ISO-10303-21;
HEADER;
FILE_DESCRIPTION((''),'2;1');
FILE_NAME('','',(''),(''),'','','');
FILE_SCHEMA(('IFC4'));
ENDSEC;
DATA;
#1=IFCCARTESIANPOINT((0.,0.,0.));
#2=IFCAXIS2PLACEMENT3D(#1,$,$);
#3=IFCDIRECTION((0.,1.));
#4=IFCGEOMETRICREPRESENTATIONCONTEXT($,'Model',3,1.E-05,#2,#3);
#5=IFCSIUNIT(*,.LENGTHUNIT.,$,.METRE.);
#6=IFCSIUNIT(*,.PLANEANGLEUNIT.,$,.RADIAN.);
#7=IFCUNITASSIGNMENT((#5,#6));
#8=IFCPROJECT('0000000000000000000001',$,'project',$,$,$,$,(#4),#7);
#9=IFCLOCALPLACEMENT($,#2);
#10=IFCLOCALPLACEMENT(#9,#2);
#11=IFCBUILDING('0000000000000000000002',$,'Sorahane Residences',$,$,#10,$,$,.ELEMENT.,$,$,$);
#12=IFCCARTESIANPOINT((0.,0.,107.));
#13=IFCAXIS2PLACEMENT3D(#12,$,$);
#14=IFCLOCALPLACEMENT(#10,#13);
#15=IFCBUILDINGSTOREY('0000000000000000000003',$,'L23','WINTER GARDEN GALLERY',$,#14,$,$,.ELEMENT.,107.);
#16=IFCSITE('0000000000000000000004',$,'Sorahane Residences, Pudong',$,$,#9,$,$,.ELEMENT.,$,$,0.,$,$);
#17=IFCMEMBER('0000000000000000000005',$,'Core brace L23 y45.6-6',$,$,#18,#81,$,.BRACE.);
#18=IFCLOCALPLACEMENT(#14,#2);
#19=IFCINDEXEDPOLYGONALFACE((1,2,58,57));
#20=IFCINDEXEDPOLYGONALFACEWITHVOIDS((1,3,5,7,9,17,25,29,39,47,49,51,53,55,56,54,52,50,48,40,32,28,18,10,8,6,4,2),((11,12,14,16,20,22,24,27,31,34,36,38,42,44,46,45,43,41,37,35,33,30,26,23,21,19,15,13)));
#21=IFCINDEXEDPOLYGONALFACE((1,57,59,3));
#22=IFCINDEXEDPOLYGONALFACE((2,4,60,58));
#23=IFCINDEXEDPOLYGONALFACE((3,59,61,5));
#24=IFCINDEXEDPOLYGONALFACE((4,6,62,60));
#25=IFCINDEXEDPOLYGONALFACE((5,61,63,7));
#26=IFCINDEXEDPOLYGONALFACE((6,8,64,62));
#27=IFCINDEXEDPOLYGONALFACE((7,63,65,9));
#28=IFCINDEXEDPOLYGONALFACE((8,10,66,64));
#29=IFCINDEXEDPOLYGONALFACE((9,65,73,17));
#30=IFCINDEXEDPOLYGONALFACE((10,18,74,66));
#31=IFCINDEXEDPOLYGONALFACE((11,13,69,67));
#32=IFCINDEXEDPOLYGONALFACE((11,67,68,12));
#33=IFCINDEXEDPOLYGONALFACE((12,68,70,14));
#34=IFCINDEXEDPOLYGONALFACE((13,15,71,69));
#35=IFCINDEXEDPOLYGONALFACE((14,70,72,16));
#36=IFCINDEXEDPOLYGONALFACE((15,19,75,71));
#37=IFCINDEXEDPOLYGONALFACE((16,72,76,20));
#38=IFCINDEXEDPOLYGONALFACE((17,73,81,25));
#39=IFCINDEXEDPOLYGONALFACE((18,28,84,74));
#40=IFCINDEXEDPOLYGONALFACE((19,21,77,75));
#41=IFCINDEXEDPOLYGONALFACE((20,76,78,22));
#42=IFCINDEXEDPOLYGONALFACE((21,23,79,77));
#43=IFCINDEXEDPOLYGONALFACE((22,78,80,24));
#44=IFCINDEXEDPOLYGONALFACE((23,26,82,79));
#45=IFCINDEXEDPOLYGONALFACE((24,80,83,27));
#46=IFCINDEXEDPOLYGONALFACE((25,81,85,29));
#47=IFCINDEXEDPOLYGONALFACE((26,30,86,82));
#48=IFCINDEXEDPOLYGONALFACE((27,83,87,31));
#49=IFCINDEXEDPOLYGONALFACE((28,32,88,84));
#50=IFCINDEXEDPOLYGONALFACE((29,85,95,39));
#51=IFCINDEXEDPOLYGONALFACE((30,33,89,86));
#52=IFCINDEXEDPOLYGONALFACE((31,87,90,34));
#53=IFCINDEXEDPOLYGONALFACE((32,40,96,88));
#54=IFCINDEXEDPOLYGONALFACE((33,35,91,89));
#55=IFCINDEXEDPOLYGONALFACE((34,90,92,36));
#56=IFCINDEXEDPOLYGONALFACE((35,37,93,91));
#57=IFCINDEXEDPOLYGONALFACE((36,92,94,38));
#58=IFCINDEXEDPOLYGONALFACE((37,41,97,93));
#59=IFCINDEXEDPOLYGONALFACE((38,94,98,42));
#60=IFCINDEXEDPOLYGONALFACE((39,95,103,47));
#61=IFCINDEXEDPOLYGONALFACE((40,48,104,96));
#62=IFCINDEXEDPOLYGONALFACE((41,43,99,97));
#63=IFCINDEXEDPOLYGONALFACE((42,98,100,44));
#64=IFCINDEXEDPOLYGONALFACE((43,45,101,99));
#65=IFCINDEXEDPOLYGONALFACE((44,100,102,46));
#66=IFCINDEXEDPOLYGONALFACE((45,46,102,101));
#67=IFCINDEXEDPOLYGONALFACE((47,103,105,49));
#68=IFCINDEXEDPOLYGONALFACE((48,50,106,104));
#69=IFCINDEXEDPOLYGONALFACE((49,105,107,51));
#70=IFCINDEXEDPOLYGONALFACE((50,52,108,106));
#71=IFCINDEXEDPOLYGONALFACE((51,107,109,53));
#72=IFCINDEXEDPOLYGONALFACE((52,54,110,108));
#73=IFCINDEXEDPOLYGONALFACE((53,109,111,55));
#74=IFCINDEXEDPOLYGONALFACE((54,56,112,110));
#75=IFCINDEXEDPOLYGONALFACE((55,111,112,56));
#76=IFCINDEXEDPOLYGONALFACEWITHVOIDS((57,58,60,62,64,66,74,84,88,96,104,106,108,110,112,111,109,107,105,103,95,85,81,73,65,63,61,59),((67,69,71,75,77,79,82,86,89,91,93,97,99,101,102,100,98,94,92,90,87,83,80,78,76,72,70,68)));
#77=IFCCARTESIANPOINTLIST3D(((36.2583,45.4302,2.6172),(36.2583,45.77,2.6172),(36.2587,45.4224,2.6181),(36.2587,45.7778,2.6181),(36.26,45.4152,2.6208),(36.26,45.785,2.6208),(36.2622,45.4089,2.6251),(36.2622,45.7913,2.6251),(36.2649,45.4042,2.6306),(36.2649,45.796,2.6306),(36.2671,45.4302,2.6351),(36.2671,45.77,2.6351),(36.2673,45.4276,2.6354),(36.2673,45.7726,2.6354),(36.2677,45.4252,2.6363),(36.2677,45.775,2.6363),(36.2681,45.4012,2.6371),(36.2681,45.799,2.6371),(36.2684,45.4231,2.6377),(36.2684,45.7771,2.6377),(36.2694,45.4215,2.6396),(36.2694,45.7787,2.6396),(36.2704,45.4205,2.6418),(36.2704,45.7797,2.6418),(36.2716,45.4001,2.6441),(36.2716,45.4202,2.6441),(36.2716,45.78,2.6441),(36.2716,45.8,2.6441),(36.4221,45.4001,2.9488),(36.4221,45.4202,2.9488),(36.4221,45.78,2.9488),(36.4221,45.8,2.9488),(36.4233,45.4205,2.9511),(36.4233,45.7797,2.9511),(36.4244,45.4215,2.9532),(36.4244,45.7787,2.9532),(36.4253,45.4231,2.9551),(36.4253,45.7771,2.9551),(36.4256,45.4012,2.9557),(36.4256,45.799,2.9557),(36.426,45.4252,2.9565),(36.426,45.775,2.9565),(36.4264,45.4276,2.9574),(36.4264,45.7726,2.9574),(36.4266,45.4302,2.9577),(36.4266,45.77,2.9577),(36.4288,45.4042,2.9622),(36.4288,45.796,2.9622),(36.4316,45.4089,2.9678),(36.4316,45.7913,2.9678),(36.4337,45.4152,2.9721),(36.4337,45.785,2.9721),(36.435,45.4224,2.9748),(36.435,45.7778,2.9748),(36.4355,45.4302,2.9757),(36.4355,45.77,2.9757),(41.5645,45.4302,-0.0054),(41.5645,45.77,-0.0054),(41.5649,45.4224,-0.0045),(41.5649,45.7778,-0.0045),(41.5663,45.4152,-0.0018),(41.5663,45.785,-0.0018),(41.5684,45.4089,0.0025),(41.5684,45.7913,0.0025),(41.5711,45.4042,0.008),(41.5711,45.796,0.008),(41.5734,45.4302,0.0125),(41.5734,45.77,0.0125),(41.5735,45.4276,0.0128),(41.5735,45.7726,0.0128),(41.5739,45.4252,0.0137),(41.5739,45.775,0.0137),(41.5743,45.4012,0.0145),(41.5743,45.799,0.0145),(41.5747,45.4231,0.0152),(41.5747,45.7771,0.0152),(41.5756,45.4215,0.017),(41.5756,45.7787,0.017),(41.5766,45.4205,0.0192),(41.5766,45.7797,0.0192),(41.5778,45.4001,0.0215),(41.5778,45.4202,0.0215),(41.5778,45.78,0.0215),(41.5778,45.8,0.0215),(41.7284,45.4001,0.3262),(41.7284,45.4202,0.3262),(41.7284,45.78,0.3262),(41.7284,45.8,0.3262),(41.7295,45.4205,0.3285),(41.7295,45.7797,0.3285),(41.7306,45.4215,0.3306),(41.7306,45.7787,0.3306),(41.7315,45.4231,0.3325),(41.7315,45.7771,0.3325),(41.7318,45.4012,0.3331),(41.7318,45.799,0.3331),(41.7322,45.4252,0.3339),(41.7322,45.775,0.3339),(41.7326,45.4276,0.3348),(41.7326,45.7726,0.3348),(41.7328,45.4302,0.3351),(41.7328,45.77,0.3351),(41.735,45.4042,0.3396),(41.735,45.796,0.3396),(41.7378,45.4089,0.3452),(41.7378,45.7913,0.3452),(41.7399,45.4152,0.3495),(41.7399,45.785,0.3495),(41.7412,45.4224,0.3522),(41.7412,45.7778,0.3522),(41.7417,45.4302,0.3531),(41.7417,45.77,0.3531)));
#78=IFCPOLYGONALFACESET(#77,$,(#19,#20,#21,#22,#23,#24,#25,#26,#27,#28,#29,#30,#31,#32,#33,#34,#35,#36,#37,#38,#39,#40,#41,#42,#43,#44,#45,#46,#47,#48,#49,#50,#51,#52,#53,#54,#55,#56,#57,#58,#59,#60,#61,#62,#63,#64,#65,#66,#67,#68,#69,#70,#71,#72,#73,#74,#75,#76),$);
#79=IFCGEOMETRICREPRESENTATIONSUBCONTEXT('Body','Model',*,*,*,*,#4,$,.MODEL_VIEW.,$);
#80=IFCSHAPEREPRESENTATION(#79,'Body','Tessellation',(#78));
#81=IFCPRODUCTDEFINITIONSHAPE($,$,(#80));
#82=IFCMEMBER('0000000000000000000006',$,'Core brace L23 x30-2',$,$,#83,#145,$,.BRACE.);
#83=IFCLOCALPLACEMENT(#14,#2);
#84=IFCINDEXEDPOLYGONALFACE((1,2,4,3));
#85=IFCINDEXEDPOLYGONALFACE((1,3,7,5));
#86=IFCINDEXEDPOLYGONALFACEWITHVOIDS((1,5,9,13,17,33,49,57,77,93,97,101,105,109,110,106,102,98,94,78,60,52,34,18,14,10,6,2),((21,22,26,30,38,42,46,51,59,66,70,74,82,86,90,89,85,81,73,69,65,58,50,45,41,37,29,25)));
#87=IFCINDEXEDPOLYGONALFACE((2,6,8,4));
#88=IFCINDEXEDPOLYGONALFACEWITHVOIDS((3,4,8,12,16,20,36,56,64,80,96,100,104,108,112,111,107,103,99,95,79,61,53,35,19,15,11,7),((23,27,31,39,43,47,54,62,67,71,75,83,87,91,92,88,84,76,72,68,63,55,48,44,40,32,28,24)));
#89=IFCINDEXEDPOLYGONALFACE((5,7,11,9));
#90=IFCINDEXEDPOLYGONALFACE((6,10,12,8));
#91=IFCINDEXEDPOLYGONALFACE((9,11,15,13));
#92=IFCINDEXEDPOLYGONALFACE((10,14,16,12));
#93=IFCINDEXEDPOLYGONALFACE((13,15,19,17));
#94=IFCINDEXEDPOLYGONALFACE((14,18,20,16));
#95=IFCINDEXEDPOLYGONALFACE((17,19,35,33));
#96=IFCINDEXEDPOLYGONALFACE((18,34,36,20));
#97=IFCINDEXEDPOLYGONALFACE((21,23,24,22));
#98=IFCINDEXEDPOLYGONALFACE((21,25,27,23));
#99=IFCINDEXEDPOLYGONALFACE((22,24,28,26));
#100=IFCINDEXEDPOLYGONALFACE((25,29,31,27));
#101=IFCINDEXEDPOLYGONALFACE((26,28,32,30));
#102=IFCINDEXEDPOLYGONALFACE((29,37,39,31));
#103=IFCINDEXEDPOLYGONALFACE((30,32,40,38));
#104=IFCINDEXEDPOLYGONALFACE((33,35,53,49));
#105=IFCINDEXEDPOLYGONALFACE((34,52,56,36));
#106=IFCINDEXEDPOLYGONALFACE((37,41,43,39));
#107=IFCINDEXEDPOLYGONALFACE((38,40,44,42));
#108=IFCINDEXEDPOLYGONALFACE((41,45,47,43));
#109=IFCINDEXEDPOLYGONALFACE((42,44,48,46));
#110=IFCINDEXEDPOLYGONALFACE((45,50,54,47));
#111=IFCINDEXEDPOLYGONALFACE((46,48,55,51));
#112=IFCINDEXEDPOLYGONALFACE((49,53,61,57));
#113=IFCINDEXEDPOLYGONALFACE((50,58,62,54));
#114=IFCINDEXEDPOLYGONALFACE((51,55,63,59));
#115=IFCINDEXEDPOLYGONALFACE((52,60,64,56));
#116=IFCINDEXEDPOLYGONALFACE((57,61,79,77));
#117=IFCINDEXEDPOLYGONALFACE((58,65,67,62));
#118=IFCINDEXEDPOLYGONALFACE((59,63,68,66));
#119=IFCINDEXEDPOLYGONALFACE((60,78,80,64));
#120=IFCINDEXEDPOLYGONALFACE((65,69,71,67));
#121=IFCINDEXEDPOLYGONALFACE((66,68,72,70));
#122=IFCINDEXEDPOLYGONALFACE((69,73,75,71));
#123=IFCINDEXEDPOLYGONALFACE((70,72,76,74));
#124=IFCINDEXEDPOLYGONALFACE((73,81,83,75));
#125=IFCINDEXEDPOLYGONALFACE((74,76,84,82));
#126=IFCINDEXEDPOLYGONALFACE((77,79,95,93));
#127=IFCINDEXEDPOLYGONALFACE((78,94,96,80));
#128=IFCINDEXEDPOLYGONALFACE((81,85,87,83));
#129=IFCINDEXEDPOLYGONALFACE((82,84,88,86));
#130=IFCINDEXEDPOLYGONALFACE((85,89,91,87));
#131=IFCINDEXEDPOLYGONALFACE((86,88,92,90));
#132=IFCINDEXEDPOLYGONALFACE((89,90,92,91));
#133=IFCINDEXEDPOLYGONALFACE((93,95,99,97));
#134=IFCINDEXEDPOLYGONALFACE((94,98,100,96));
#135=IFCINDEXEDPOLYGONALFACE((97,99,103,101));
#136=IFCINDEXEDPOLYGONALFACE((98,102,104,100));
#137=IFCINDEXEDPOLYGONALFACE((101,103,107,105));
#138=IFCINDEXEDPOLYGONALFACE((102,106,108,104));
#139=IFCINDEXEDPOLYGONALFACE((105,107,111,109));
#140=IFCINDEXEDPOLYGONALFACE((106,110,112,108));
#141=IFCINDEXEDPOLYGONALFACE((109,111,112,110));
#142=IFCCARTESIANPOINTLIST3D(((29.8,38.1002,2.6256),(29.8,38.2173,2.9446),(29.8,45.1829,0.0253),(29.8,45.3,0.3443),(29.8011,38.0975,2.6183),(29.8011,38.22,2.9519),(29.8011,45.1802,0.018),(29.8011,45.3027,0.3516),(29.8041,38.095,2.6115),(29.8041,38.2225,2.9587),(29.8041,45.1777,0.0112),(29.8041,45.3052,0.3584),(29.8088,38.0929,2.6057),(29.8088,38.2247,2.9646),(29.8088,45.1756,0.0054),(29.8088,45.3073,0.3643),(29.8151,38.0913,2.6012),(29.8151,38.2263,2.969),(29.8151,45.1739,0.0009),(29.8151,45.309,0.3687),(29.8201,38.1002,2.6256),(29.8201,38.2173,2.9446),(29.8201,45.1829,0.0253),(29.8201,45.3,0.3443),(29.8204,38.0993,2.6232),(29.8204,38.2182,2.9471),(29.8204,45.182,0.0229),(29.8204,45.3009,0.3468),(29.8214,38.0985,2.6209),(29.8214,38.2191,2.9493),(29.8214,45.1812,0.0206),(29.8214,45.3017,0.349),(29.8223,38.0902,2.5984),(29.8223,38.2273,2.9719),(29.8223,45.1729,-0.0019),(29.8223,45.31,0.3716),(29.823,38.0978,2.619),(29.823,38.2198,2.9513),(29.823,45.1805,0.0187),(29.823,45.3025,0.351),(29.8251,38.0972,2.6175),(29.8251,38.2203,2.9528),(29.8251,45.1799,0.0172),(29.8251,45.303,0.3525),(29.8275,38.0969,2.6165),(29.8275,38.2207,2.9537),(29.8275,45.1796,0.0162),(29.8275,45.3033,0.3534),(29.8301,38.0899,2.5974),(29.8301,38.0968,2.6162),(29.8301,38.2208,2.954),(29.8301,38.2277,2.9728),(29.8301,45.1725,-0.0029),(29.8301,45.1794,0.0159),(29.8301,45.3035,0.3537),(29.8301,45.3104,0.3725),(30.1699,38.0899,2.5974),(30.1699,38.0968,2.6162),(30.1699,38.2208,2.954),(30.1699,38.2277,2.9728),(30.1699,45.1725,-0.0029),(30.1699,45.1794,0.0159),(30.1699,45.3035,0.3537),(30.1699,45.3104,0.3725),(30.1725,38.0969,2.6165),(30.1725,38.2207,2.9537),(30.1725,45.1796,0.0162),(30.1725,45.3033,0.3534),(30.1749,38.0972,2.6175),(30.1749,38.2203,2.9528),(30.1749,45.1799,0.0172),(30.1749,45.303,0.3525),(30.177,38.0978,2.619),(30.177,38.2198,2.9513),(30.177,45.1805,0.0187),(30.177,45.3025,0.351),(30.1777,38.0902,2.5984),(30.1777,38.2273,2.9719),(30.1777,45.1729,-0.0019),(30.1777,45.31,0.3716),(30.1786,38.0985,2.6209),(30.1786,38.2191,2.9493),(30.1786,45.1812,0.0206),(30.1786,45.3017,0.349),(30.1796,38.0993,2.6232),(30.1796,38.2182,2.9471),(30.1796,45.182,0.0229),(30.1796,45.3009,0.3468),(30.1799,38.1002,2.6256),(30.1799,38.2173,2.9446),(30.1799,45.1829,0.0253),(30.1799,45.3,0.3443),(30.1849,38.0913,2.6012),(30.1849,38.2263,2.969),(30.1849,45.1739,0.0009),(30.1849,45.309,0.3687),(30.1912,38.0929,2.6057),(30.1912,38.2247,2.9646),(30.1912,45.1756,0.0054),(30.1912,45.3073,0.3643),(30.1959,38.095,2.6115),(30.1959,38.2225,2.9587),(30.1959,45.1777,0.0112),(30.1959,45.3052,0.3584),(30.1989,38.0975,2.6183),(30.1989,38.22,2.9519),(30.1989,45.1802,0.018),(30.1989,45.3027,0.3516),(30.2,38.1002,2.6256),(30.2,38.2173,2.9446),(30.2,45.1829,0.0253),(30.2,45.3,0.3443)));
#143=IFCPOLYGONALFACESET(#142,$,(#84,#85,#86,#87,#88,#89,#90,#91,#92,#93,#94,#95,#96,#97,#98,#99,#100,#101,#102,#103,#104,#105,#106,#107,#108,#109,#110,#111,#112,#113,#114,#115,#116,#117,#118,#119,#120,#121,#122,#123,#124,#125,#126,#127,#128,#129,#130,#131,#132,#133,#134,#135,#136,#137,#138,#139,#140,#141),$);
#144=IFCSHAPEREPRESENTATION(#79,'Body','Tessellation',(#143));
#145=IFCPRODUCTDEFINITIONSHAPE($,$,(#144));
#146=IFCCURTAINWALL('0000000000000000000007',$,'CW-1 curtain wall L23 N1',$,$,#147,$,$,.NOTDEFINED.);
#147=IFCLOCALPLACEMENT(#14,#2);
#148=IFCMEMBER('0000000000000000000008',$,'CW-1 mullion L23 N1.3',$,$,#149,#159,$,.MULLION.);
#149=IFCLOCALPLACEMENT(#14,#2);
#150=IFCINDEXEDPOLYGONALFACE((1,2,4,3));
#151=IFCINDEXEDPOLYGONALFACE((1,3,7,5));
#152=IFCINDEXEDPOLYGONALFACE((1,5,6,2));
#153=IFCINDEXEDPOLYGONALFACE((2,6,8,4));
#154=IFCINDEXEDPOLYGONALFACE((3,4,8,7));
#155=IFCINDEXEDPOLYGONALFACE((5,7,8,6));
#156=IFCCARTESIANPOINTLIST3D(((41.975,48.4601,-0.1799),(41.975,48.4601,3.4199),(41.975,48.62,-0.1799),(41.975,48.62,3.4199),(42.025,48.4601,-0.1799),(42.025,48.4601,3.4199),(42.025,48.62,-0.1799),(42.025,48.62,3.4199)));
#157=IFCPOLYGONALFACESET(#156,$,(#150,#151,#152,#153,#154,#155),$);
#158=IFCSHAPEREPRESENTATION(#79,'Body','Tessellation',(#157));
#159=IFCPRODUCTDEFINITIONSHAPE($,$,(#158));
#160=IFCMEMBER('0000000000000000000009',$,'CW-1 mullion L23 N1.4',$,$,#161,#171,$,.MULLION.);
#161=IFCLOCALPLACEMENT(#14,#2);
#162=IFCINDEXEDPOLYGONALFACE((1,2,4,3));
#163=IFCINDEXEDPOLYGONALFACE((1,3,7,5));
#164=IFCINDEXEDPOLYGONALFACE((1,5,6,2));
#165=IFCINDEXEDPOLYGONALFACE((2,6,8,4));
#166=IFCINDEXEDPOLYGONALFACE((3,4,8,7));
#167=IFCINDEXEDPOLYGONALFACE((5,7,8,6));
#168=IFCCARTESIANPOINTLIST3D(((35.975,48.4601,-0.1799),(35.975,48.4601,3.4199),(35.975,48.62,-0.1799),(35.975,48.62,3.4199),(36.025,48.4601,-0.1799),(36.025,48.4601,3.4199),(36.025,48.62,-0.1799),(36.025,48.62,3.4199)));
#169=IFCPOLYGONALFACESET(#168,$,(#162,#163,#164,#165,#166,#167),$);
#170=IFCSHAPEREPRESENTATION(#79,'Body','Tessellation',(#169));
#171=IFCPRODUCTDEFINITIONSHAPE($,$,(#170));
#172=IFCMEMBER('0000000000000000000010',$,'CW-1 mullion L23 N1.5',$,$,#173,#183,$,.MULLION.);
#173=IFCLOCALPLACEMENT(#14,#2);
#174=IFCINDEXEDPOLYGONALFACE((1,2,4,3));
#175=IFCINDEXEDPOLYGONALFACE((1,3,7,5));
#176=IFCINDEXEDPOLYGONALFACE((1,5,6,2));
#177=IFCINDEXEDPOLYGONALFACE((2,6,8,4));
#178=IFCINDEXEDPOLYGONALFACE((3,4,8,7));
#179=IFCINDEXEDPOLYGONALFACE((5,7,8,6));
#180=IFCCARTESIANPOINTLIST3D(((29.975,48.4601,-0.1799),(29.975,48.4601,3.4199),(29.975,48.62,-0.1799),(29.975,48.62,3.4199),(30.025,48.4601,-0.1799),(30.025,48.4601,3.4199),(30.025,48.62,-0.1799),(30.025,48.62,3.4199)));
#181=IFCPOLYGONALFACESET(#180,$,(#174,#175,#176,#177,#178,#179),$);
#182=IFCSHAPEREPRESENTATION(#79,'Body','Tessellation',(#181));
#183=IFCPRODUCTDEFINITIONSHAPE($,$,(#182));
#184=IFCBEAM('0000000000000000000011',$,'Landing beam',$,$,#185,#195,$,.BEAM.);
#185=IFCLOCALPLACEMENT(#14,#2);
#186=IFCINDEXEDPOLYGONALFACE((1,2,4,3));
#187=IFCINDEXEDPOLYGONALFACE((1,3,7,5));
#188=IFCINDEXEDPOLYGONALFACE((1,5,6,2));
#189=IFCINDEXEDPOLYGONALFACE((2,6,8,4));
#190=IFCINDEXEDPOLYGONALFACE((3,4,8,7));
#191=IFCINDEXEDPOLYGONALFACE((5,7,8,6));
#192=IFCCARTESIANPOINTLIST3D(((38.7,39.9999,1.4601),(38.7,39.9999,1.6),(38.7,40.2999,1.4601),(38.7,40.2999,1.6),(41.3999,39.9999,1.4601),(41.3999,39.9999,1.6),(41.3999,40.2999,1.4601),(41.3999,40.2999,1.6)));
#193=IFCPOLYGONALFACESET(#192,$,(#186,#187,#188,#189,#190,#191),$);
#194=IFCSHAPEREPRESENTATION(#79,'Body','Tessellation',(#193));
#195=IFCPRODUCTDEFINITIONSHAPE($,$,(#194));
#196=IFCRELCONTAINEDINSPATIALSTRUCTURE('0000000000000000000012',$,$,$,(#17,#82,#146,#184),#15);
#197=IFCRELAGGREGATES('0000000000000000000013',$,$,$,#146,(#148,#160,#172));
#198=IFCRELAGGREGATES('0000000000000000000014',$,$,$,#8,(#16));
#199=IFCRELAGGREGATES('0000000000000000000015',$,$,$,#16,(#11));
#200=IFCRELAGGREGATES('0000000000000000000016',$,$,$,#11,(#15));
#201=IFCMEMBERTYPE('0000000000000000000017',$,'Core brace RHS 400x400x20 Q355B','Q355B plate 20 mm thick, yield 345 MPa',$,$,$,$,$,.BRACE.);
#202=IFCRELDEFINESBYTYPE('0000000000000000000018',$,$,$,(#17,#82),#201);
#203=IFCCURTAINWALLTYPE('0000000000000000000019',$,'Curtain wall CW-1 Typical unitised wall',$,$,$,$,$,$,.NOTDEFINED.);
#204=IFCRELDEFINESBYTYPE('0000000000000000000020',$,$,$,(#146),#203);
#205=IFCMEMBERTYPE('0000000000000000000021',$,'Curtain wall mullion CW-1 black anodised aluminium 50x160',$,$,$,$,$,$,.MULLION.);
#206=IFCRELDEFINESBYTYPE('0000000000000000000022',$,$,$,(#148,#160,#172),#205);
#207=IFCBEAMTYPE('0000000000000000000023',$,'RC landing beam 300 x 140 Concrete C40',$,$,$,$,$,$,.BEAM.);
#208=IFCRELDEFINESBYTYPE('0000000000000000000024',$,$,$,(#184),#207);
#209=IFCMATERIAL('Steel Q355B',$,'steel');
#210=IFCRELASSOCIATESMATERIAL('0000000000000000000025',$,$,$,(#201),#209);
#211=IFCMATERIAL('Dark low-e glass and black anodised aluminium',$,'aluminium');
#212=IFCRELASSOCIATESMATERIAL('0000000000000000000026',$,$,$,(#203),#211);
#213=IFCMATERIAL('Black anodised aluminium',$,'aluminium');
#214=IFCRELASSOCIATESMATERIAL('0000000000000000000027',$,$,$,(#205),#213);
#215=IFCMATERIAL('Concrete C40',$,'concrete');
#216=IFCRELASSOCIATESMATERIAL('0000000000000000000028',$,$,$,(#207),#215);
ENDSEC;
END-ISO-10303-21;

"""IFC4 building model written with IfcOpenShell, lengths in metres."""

from ifc_helpers import new_model, si_unit, direction, frame, origin, origin_2d, place, context, subcontext, project, spatial, rectangle, hollow_rectangle, extrude, material, material_profile, profile_set, type_object, element, aggregate, save


model = new_model("IFC4")

# Units and contexts
model_context = context("Model", 3, precision=1e-05, world=origin(), true_north=direction((0.0, 1.0)))
body_context = subcontext(model_context, "Body", "Model", "MODEL_VIEW")
ifc_project = project(units=[si_unit("LENGTHUNIT", "METRE"), si_unit("PLANEANGLEUNIT", "RADIAN")], contexts=[model_context])

# Site, building, storey
site_placement = place(None, origin())
site = spatial("IfcSite", under=ifc_project, at=site_placement, Name="Sorahane Residences, Pudong", CompositionType="ELEMENT", RefElevation=0.0)
building_placement = place(site_placement, origin())
building = spatial("IfcBuilding", under=site, at=building_placement, Name="Sorahane Residences", CompositionType="ELEMENT")
storey_placement = place(building_placement, frame((0.0, 0.0, 107.0)))
storey = spatial("IfcBuildingStorey", under=building, at=storey_placement, Name="L23", Description="WINTER GARDEN GALLERY", CompositionType="ELEMENT", Elevation=107.0)

# Members
ifc_material_1 = material(Name="Steel Q355B", Category="steel")
ifc_material_profile_1 = material_profile(ifc_material_1, hollow_rectangle(XDim=0.3999, YDim=0.3999, WallThickness=0.02, InnerFilletRadius=0.01, OuterFilletRadius=0.03, at=origin_2d()), Name="RHS 400x400x20")
ifc_profile_set_1 = profile_set([ifc_material_profile_1], Name="Steel Q355B")
member_type_1 = type_object("IfcMemberType", Name="Core brace RHS 400x400x20 Q355B", Description="Q355B plate 20 mm thick, yield 345 MPa", PredefinedType="BRACE", material=ifc_profile_set_1)
for number, where, z_axis, x_axis, name in (
    (1, (41.6531, 45.6001, 0.1738), (-0.89648, 0.0, 0.443084), (0.0, -1.0, 0.0), "Core brace L23 y45.6-6"),
):
    element("IfcMember", number, at=place(storey_placement, frame(where, z_axis=z_axis, x_axis=x_axis)), inside=storey, type_object=member_type_1, Name=name, PredefinedType="BRACE", context=body_context, shape_type="SweptSolid", body=[
        extrude(hollow_rectangle(XDim=0.3999, YDim=0.3999, WallThickness=0.02, InnerFilletRadius=0.01, OuterFilletRadius=0.03, at=origin_2d()), origin(), (0.0, 0.0, 1.0), 5.9189),
    ])
member_1_placement = place(storey_placement, frame((30.0, 45.2415, 0.1848), z_axis=(0.0, -0.938734, 0.344643), x_axis=(1.0, 0.0, 0.0)))
element("IfcMember", 2, at=member_1_placement, inside=storey, type_object=member_type_1, Name="Core brace L23 x30-2", PredefinedType="BRACE", context=body_context, shape_type="SweptSolid", body=[
    extrude(hollow_rectangle(XDim=0.3999, YDim=0.3999, WallThickness=0.02, InnerFilletRadius=0.01, OuterFilletRadius=0.03, at=origin_2d()), origin(), (0.0, 0.0, 1.0), 7.5449),
])

# Curtain wall, members
ifc_material_2 = material(Name="Dark low-e glass and black anodised aluminium", Category="aluminium")
curtain_wall_type = type_object("IfcCurtainWallType", Name="Curtain wall CW-1 Typical unitised wall", PredefinedType="NOTDEFINED", material=ifc_material_2)
curtain_wall_placement = place(storey_placement, origin())
curtain_wall = element("IfcCurtainWall", 3, at=curtain_wall_placement, inside=storey, type_object=curtain_wall_type, Name="CW-1 curtain wall L23 N1", PredefinedType="NOTDEFINED")
ifc_material_3 = material(Name="Black anodised aluminium", Category="aluminium")
ifc_material_profile_2 = material_profile(ifc_material_3, rectangle(XDim=0.1599, YDim=0.05, at=origin_2d()), Name="Curtain wall mullion CW-1 black anodised aluminium 50x160")
ifc_profile_set_2 = profile_set([ifc_material_profile_2], Name="Black anodised aluminium")
member_type_2 = type_object("IfcMemberType", Name="Curtain wall mullion CW-1 black anodised aluminium 50x160", PredefinedType="MULLION", material=ifc_profile_set_2)
member_2_placement = place(storey_placement, frame((42.0, 48.54, -0.1799), z_axis=(0.0, 0.0, 1.0), x_axis=(0.0, 1.0, 0.0)))
member_2 = element("IfcMember", 4, at=member_2_placement, type_object=member_type_2, Name="CW-1 mullion L23 N1.3", PredefinedType="MULLION", context=body_context, shape_type="SweptSolid", body=[
    extrude(rectangle(XDim=0.1599, YDim=0.05, at=origin_2d()), origin(), (0.0, 0.0, 1.0), 3.5999),
])
member_3_placement = place(storey_placement, frame((36.0, 48.54, -0.1799), z_axis=(0.0, 0.0, 1.0), x_axis=(0.0, 1.0, 0.0)))
member_3 = element("IfcMember", 5, at=member_3_placement, type_object=member_type_2, Name="CW-1 mullion L23 N1.4", PredefinedType="MULLION", context=body_context, shape_type="SweptSolid", body=[
    extrude(rectangle(XDim=0.1599, YDim=0.05, at=origin_2d()), origin(), (0.0, 0.0, 1.0), 3.5999),
])
member_4_placement = place(storey_placement, frame((30.0, 48.54, -0.1799), z_axis=(0.0, 0.0, 1.0), x_axis=(0.0, 1.0, 0.0)))
member_4 = element("IfcMember", 6, at=member_4_placement, type_object=member_type_2, Name="CW-1 mullion L23 N1.5", PredefinedType="MULLION", context=body_context, shape_type="SweptSolid", body=[
    extrude(rectangle(XDim=0.1599, YDim=0.05, at=origin_2d()), origin(), (0.0, 0.0, 1.0), 3.5999),
])

# Beam
ifc_material_4 = material(Name="Concrete C40", Category="concrete")
ifc_material_profile_3 = material_profile(ifc_material_4, rectangle(XDim=0.3, YDim=0.1399, at=origin_2d()), Name="300x140")
ifc_profile_set_3 = profile_set([ifc_material_profile_3], Name="Concrete C40")
beam_type_1 = type_object("IfcBeamType", Name="RC landing beam 300 x 140 Concrete C40", PredefinedType="BEAM", material=ifc_profile_set_3)
beam_1_placement = place(storey_placement, frame((38.7, 40.1499, 1.53), z_axis=(1.0, 0.0, 0.0), x_axis=(0.0, 1.0, 0.0)))
element("IfcBeam", 7, at=beam_1_placement, inside=storey, type_object=beam_type_1, Name="Landing beam", PredefinedType="BEAM", context=body_context, shape_type="SweptSolid", body=[
    extrude(rectangle(XDim=0.3, YDim=0.1399, at=origin_2d()), origin(), (0.0, 0.0, 1.0), 2.7),
])

aggregate(curtain_wall, [member_2, member_3, member_4])

save(model, "model.ifc")
